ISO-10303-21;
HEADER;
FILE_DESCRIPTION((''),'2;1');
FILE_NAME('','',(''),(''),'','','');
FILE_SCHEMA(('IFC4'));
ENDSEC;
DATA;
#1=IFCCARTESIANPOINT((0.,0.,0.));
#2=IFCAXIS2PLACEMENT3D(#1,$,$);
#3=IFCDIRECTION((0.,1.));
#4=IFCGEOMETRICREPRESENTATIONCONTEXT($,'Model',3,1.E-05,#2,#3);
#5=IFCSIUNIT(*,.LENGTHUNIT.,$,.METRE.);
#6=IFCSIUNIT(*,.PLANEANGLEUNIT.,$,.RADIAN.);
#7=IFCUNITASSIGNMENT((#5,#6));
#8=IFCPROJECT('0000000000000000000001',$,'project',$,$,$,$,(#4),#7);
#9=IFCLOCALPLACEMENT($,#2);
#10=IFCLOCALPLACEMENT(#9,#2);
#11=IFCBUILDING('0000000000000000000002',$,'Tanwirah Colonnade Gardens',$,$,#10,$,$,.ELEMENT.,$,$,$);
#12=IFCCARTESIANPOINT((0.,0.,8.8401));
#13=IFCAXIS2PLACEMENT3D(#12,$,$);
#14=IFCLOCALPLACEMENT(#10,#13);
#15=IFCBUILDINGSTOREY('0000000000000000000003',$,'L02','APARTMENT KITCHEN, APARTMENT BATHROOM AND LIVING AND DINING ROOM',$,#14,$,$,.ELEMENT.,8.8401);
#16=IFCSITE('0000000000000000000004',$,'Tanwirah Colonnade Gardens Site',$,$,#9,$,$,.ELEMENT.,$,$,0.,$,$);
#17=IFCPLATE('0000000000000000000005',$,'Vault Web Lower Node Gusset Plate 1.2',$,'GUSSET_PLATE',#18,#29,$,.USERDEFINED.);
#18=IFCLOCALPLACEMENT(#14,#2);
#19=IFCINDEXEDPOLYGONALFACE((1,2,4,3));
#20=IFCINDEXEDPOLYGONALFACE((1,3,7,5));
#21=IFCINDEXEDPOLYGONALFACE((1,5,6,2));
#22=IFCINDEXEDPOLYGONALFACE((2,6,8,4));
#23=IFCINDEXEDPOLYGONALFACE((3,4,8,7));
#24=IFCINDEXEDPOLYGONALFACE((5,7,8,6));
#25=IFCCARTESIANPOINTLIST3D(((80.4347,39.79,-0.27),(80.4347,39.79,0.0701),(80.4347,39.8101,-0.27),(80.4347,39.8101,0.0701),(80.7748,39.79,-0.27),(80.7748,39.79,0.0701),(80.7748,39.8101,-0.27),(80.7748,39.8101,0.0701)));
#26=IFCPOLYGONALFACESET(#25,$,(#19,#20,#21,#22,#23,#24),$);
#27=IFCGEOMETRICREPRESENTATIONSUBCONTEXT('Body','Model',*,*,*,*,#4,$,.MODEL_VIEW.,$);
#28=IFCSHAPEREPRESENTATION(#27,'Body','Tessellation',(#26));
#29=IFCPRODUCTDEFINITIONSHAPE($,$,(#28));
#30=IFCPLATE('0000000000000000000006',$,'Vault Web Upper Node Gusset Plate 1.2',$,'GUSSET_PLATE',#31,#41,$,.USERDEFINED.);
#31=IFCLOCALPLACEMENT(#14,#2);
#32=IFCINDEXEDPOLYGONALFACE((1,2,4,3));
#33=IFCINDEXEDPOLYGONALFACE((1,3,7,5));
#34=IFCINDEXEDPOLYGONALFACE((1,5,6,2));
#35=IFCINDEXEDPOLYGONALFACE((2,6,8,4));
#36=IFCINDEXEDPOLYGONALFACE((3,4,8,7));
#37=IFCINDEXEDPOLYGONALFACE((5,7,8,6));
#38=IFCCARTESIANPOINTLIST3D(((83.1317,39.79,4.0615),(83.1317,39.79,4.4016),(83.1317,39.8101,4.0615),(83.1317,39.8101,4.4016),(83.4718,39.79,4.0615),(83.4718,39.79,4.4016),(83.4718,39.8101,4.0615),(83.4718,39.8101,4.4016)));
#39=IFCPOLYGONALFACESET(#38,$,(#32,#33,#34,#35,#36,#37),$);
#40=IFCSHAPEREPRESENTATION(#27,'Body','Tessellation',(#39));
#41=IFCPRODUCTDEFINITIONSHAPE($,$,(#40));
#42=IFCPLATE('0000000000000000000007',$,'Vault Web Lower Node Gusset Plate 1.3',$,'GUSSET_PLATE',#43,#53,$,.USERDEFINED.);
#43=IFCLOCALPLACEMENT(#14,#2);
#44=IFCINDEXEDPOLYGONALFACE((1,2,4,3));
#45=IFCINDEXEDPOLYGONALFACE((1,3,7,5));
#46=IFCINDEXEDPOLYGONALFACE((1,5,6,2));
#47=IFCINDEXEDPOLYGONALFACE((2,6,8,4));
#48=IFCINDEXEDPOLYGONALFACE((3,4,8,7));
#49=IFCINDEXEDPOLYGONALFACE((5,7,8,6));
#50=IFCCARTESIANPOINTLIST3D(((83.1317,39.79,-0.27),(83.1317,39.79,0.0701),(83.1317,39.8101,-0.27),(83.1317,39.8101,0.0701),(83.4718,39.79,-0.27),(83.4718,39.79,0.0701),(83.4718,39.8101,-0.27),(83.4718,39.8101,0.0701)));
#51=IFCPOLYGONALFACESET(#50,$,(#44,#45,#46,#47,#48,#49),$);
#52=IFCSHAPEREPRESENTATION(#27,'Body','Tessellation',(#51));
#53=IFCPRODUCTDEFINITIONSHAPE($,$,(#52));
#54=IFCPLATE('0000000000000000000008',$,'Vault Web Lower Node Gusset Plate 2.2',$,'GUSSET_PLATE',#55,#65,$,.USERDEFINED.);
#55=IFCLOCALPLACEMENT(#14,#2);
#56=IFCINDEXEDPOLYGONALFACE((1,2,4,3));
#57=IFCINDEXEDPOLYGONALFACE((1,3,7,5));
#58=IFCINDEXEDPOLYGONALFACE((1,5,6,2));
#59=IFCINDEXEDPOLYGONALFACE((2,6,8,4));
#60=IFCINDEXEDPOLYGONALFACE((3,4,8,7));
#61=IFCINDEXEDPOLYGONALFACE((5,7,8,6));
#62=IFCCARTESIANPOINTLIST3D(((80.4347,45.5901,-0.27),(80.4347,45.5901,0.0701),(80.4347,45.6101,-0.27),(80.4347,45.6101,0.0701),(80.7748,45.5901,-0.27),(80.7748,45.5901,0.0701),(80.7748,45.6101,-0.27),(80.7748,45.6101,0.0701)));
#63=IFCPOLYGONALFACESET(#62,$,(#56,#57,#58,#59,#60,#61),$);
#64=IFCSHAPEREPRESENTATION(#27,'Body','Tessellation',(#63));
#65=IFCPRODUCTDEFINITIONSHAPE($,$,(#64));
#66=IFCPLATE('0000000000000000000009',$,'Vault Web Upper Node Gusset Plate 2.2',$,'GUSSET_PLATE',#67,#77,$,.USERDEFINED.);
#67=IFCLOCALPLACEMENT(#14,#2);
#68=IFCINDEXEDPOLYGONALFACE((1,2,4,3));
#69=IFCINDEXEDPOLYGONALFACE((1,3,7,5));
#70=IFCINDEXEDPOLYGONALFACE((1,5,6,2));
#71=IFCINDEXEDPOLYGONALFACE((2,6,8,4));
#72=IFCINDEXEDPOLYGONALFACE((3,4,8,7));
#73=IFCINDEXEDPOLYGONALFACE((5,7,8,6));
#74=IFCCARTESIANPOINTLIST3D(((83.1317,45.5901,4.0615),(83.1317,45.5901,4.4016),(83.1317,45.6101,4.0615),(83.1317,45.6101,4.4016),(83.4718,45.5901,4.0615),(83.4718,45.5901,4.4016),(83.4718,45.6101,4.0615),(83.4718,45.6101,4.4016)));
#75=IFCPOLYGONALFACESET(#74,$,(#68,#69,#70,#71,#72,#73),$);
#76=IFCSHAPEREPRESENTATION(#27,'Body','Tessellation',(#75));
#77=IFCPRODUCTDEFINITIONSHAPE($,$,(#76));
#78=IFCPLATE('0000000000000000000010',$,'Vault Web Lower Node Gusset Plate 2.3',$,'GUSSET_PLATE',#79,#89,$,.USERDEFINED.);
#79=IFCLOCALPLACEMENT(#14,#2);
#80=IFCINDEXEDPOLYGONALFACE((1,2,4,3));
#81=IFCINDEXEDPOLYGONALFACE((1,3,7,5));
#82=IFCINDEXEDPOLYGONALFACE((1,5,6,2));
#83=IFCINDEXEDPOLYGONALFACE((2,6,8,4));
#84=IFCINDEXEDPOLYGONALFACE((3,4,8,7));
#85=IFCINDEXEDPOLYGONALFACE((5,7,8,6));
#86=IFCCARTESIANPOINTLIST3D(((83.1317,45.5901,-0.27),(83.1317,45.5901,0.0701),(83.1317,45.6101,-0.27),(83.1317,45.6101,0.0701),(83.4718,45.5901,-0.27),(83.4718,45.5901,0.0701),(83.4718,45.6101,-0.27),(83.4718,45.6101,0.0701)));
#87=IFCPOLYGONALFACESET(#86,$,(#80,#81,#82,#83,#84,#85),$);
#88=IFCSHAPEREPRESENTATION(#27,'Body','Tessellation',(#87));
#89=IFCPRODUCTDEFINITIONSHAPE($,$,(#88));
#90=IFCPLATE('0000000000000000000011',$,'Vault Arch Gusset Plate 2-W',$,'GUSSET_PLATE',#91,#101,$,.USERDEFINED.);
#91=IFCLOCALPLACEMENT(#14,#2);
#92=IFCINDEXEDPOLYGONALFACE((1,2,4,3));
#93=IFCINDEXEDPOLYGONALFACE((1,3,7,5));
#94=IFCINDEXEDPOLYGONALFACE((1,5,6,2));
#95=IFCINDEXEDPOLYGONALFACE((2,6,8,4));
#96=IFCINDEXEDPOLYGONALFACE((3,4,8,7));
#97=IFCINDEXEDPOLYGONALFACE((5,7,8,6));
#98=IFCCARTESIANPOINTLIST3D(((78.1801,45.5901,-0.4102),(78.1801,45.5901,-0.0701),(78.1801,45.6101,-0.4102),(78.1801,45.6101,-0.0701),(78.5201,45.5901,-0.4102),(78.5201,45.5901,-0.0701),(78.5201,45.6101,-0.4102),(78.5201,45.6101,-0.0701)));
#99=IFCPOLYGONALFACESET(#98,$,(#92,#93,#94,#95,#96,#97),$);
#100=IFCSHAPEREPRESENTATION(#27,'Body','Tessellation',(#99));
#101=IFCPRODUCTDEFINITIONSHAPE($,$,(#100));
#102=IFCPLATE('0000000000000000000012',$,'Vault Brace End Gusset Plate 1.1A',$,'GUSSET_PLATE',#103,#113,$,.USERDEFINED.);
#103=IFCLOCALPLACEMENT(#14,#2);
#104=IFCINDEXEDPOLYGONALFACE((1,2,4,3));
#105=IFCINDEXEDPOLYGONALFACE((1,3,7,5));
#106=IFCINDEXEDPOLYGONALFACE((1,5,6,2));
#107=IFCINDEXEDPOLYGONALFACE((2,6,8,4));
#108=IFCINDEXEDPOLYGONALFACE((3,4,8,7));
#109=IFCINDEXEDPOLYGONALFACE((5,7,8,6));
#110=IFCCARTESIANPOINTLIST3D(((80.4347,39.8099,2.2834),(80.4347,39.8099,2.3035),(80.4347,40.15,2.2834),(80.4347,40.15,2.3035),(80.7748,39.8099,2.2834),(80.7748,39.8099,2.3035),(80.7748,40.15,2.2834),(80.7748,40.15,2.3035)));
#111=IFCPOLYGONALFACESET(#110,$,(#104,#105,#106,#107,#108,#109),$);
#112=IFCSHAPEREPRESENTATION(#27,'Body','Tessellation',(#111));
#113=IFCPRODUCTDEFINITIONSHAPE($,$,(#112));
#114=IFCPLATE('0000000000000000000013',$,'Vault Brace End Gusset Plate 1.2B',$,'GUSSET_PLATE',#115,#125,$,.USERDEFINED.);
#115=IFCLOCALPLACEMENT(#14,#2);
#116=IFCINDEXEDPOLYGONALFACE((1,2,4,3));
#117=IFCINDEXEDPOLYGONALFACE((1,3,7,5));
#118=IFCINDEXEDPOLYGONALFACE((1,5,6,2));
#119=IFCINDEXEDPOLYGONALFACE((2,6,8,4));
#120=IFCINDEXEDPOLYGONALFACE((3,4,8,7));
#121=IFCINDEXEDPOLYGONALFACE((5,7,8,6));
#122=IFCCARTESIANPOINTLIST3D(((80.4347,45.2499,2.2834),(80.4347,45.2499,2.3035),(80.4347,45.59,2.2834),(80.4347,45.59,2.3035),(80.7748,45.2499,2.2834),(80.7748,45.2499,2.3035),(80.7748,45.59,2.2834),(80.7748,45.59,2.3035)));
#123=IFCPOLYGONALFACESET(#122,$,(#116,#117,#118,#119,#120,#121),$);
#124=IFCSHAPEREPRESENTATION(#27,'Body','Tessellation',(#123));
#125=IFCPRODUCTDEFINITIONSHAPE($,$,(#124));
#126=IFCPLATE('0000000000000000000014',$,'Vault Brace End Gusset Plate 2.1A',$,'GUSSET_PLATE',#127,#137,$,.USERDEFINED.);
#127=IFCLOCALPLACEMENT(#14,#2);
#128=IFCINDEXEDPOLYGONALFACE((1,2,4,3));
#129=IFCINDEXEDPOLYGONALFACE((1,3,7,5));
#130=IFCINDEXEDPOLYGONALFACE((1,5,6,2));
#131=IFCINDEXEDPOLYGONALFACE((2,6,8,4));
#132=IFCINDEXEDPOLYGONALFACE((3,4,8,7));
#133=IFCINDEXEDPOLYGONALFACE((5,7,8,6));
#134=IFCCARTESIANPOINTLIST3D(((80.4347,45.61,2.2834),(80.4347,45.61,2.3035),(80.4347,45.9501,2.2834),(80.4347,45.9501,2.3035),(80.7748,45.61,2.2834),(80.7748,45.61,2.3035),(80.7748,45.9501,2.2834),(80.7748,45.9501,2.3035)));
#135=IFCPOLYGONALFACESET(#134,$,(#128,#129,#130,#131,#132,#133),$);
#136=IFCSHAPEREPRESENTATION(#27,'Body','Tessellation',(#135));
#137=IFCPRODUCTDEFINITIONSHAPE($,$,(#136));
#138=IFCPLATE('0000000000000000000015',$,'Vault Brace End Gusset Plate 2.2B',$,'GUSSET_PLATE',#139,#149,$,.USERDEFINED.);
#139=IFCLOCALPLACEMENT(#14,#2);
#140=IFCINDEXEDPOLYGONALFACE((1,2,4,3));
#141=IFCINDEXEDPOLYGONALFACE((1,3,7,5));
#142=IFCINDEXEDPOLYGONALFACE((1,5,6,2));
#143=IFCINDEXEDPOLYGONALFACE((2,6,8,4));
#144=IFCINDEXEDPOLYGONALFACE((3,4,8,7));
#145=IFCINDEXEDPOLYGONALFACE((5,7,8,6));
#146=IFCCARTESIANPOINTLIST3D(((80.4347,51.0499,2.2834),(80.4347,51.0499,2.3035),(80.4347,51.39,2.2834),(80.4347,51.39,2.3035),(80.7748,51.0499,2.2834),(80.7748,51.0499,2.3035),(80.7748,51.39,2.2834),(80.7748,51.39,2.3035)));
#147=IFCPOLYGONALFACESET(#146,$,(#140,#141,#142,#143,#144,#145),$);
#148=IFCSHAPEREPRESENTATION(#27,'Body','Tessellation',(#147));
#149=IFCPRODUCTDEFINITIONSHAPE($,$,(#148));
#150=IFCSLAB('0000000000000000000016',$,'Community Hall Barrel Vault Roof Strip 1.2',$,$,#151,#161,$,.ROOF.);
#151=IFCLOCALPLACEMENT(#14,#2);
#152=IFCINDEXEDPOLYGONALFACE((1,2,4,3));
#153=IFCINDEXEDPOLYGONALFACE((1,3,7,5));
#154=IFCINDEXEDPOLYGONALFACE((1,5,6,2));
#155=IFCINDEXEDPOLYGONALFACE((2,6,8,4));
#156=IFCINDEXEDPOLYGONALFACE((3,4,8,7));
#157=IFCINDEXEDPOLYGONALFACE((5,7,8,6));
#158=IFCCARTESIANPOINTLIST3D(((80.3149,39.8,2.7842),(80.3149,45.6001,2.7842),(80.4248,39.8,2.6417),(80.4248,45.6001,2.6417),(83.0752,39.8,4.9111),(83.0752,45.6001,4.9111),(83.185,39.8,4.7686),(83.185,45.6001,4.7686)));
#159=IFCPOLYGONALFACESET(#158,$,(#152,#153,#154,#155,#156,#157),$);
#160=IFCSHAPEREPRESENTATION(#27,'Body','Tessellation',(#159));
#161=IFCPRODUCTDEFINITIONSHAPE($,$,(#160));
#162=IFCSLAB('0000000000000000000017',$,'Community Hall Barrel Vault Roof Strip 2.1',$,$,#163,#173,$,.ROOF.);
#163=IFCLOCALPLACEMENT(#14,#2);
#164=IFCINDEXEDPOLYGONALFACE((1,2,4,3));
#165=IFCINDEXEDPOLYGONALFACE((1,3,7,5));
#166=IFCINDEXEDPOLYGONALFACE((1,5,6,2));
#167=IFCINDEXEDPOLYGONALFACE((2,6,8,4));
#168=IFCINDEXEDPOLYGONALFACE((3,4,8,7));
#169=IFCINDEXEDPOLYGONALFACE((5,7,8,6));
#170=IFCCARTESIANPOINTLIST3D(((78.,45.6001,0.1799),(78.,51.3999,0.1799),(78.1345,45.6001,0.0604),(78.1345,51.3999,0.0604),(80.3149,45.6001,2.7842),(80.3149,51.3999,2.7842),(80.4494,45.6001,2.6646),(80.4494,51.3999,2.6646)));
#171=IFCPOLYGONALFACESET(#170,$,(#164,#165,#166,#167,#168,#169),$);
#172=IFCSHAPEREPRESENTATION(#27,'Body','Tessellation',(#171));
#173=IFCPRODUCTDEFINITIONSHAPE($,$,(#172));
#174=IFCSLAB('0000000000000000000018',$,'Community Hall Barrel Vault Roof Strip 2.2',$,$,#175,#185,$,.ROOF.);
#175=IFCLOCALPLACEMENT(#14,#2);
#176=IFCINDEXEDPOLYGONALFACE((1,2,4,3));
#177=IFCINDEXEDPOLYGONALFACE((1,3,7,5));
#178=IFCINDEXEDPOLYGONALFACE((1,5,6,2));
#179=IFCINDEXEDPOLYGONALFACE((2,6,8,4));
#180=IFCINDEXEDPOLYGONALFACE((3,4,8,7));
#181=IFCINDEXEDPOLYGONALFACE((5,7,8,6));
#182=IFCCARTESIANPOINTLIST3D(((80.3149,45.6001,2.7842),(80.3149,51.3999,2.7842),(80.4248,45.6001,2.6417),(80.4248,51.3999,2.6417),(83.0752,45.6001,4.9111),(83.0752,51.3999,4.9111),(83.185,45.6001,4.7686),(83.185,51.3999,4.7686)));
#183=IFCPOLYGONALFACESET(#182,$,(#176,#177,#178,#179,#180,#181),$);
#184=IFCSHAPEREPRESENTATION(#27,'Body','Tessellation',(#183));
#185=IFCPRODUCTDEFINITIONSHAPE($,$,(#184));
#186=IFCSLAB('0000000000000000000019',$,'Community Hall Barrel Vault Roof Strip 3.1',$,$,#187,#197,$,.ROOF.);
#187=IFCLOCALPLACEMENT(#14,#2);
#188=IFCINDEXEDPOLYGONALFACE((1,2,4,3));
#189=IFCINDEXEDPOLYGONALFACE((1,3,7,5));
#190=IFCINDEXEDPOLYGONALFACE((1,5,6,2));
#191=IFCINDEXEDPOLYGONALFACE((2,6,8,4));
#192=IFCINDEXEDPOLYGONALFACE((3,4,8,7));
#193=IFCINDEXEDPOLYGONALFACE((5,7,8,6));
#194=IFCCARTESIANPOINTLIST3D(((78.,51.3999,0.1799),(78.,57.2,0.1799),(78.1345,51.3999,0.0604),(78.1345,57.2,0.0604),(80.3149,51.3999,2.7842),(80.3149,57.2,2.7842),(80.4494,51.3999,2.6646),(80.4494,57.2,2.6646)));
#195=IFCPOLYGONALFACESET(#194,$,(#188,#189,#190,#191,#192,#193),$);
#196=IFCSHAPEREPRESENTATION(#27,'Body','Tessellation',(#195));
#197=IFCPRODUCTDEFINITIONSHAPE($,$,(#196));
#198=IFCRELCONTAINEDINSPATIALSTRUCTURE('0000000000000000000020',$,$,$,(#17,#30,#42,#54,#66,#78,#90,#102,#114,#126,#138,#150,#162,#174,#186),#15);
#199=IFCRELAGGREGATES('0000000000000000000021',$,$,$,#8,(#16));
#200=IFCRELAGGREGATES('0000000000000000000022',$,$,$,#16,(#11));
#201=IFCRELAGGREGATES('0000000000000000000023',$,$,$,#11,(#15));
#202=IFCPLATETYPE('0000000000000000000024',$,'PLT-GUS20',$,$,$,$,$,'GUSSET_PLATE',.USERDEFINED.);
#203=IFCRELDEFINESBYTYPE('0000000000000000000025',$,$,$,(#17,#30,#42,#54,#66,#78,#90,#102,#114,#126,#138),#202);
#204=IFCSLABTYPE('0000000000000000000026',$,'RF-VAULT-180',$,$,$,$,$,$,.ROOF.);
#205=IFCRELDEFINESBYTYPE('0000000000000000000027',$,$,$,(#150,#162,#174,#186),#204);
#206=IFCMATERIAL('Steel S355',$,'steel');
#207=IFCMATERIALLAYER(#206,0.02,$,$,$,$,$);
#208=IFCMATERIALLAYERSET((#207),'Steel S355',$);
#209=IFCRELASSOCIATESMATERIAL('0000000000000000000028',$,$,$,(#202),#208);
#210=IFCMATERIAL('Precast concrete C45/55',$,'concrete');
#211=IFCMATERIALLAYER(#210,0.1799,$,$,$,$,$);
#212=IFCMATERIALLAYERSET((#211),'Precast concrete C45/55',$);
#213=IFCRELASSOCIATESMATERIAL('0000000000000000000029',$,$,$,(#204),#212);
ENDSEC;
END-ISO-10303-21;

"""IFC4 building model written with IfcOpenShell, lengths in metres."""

from ifc_helpers import new_model, si_unit, direction, frame, origin, origin_2d, place, context, subcontext, project, spatial, polyline, rectangle, outline, extrude, material, layer, layer_set, type_object, element, save


model = new_model("IFC4")

# Units and contexts
model_context = context("Model", 3, precision=1e-05, world=origin(), true_north=direction((0.0, 1.0)))
body_context = subcontext(model_context, "Body", "Model", "MODEL_VIEW")
ifc_project = project(units=[si_unit("LENGTHUNIT", "METRE"), si_unit("PLANEANGLEUNIT", "RADIAN")], contexts=[model_context])

# Site, building, storey
site_placement = place(None, origin())
site = spatial("IfcSite", under=ifc_project, at=site_placement, Name="Tanwirah Colonnade Gardens Site", CompositionType="ELEMENT", RefElevation=0.0)
building_placement = place(site_placement, origin())
building = spatial("IfcBuilding", under=site, at=building_placement, Name="Tanwirah Colonnade Gardens", CompositionType="ELEMENT")
storey_placement = place(building_placement, frame((0.0, 0.0, 8.8401)))
storey = spatial("IfcBuildingStorey", under=building, at=storey_placement, Name="L02", Description="APARTMENT KITCHEN, APARTMENT BATHROOM AND LIVING AND DINING ROOM", CompositionType="ELEMENT", Elevation=8.8401)

# Shared definitions
ifc_material_1 = material(Name="Steel S355", Category="steel")

# Shared definitions
ifc_material_2 = material(Name="Precast concrete C45/55", Category="concrete")

# Plates
ifc_layer_1 = layer(ifc_material_1, 0.02)
ifc_layer_set_1 = layer_set([ifc_layer_1], Name="Steel S355")
plate_type = type_object("IfcPlateType", Name="PLT-GUS20", ElementType="GUSSET_PLATE", PredefinedType="USERDEFINED", material=ifc_layer_set_1)
for number, where, z_axis, x_axis, name in (
    (1, (80.6047, 39.8, -0.27), (0.0, 0.0, 1.0), (1.0, 0.0, 0.0), "Vault Web Lower Node Gusset Plate 1.2"),
    (2, (83.3018, 39.8, 4.0615), (0.0, 0.0, 1.0), (1.0, 0.0, 0.0), "Vault Web Upper Node Gusset Plate 1.2"),
    (3, (83.3018, 39.8, -0.27), (0.0, 0.0, 1.0), (1.0, 0.0, 0.0), "Vault Web Lower Node Gusset Plate 1.3"),
    (4, (80.6047, 45.6001, -0.27), (0.0, 0.0, 1.0), (1.0, 0.0, 0.0), "Vault Web Lower Node Gusset Plate 2.2"),
    (5, (83.3018, 45.6001, 4.0615), (0.0, 0.0, 1.0), (1.0, 0.0, 0.0), "Vault Web Upper Node Gusset Plate 2.2"),
    (6, (83.3018, 45.6001, -0.27), (0.0, 0.0, 1.0), (1.0, 0.0, 0.0), "Vault Web Lower Node Gusset Plate 2.3"),
    (7, (78.3501, 45.6001, -0.4102), (0.0, 0.0, 1.0), (1.0, 0.0, 0.0), "Vault Arch Gusset Plate 2-W"),
):
    element("IfcPlate", number, at=place(storey_placement, frame(where, z_axis=z_axis, x_axis=x_axis)), inside=storey, type_object=plate_type, Name=name, ObjectType="GUSSET_PLATE", PredefinedType="USERDEFINED", context=body_context, shape_type="SweptSolid", body=[
        extrude(rectangle(XDim=0.3401, YDim=0.02, at=origin_2d()), origin(), (0.0, 0.0, 1.0), 0.3401),
    ])
for number, where, z_axis, x_axis, name in (
    (8, (80.6047, 39.98, 2.2834), (0.0, 0.0, 1.0), (1.0, 0.0, 0.0), "Vault Brace End Gusset Plate 1.1A"),
    (9, (80.6047, 45.4199, 2.2834), (0.0, 0.0, 1.0), (1.0, 0.0, 0.0), "Vault Brace End Gusset Plate 1.2B"),
    (10, (80.6047, 45.78, 2.2834), (0.0, 0.0, 1.0), (1.0, 0.0, 0.0), "Vault Brace End Gusset Plate 2.1A"),
    (11, (80.6047, 51.22, 2.2834), (0.0, 0.0, 1.0), (1.0, 0.0, 0.0), "Vault Brace End Gusset Plate 2.2B"),
):
    element("IfcPlate", number, at=place(storey_placement, frame(where, z_axis=z_axis, x_axis=x_axis)), inside=storey, type_object=plate_type, Name=name, ObjectType="GUSSET_PLATE", PredefinedType="USERDEFINED", context=body_context, shape_type="SweptSolid", body=[
        extrude(rectangle(XDim=0.3401, YDim=0.3401, at=origin_2d()), origin(), (0.0, 0.0, 1.0), 0.02),
    ])

# Slabs
ifc_layer_2 = layer(ifc_material_2, 0.1799)
ifc_layer_set_2 = layer_set([ifc_layer_2], Name="Precast concrete C45/55")
slab_type = type_object("IfcSlabType", Name="RF-VAULT-180", PredefinedType="ROOF", material=ifc_layer_set_2)
slab_1_placement = place(storey_placement, frame((80.3149, 39.8, 2.7842), z_axis=(-0.610374, 0.0, 0.792113), x_axis=(0.792113, 0.0, 0.610374)))
element("IfcSlab", 12, at=slab_1_placement, inside=storey, type_object=slab_type, Name="Community Hall Barrel Vault Roof Strip 1.2", PredefinedType="ROOF", context=body_context, shape_type="SweptSolid", body=[
    extrude(outline(polyline([(0.0, 0.0), (3.4847, 0.0), (3.4847, 5.8), (0.0, 5.8), (0.0, 0.0)])), origin(), (0.0, 0.0, -1.0), 0.1799),
])
slab_2_placement = place(storey_placement, frame((78.0, 45.6001, 0.1799), z_axis=(-0.747402, 0.0, 0.664373), x_axis=(0.664373, 0.0, 0.747402)))
element("IfcSlab", 13, at=slab_2_placement, inside=storey, type_object=slab_type, Name="Community Hall Barrel Vault Roof Strip 2.1", PredefinedType="ROOF", context=body_context, shape_type="SweptSolid", body=[
    extrude(outline(polyline([(0.0, 0.0), (3.4844, 0.0), (3.4844, 5.7998), (0.0, 5.7998), (0.0, 0.0)])), origin(), (0.0, 0.0, -1.0), 0.1799),
])
slab_3_placement = place(storey_placement, frame((80.3149, 45.6001, 2.7842), z_axis=(-0.610374, 0.0, 0.792113), x_axis=(0.792113, 0.0, 0.610374)))
element("IfcSlab", 14, at=slab_3_placement, inside=storey, type_object=slab_type, Name="Community Hall Barrel Vault Roof Strip 2.2", PredefinedType="ROOF", context=body_context, shape_type="SweptSolid", body=[
    extrude(outline(polyline([(0.0, 0.0), (3.4847, 0.0), (3.4847, 5.7998), (0.0, 5.7998), (0.0, 0.0)])), origin(), (0.0, 0.0, -1.0), 0.1799),
])
slab_4_placement = place(storey_placement, frame((78.0, 51.3999, 0.1799), z_axis=(-0.747402, 0.0, 0.664373), x_axis=(0.664373, 0.0, 0.747402)))
element("IfcSlab", 15, at=slab_4_placement, inside=storey, type_object=slab_type, Name="Community Hall Barrel Vault Roof Strip 3.1", PredefinedType="ROOF", context=body_context, shape_type="SweptSolid", body=[
    extrude(outline(polyline([(0.0, 0.0), (3.4844, 0.0), (3.4844, 5.8), (0.0, 5.8), (0.0, 0.0)])), origin(), (0.0, 0.0, -1.0), 0.1799),
])

save(model, "model.ifc")
